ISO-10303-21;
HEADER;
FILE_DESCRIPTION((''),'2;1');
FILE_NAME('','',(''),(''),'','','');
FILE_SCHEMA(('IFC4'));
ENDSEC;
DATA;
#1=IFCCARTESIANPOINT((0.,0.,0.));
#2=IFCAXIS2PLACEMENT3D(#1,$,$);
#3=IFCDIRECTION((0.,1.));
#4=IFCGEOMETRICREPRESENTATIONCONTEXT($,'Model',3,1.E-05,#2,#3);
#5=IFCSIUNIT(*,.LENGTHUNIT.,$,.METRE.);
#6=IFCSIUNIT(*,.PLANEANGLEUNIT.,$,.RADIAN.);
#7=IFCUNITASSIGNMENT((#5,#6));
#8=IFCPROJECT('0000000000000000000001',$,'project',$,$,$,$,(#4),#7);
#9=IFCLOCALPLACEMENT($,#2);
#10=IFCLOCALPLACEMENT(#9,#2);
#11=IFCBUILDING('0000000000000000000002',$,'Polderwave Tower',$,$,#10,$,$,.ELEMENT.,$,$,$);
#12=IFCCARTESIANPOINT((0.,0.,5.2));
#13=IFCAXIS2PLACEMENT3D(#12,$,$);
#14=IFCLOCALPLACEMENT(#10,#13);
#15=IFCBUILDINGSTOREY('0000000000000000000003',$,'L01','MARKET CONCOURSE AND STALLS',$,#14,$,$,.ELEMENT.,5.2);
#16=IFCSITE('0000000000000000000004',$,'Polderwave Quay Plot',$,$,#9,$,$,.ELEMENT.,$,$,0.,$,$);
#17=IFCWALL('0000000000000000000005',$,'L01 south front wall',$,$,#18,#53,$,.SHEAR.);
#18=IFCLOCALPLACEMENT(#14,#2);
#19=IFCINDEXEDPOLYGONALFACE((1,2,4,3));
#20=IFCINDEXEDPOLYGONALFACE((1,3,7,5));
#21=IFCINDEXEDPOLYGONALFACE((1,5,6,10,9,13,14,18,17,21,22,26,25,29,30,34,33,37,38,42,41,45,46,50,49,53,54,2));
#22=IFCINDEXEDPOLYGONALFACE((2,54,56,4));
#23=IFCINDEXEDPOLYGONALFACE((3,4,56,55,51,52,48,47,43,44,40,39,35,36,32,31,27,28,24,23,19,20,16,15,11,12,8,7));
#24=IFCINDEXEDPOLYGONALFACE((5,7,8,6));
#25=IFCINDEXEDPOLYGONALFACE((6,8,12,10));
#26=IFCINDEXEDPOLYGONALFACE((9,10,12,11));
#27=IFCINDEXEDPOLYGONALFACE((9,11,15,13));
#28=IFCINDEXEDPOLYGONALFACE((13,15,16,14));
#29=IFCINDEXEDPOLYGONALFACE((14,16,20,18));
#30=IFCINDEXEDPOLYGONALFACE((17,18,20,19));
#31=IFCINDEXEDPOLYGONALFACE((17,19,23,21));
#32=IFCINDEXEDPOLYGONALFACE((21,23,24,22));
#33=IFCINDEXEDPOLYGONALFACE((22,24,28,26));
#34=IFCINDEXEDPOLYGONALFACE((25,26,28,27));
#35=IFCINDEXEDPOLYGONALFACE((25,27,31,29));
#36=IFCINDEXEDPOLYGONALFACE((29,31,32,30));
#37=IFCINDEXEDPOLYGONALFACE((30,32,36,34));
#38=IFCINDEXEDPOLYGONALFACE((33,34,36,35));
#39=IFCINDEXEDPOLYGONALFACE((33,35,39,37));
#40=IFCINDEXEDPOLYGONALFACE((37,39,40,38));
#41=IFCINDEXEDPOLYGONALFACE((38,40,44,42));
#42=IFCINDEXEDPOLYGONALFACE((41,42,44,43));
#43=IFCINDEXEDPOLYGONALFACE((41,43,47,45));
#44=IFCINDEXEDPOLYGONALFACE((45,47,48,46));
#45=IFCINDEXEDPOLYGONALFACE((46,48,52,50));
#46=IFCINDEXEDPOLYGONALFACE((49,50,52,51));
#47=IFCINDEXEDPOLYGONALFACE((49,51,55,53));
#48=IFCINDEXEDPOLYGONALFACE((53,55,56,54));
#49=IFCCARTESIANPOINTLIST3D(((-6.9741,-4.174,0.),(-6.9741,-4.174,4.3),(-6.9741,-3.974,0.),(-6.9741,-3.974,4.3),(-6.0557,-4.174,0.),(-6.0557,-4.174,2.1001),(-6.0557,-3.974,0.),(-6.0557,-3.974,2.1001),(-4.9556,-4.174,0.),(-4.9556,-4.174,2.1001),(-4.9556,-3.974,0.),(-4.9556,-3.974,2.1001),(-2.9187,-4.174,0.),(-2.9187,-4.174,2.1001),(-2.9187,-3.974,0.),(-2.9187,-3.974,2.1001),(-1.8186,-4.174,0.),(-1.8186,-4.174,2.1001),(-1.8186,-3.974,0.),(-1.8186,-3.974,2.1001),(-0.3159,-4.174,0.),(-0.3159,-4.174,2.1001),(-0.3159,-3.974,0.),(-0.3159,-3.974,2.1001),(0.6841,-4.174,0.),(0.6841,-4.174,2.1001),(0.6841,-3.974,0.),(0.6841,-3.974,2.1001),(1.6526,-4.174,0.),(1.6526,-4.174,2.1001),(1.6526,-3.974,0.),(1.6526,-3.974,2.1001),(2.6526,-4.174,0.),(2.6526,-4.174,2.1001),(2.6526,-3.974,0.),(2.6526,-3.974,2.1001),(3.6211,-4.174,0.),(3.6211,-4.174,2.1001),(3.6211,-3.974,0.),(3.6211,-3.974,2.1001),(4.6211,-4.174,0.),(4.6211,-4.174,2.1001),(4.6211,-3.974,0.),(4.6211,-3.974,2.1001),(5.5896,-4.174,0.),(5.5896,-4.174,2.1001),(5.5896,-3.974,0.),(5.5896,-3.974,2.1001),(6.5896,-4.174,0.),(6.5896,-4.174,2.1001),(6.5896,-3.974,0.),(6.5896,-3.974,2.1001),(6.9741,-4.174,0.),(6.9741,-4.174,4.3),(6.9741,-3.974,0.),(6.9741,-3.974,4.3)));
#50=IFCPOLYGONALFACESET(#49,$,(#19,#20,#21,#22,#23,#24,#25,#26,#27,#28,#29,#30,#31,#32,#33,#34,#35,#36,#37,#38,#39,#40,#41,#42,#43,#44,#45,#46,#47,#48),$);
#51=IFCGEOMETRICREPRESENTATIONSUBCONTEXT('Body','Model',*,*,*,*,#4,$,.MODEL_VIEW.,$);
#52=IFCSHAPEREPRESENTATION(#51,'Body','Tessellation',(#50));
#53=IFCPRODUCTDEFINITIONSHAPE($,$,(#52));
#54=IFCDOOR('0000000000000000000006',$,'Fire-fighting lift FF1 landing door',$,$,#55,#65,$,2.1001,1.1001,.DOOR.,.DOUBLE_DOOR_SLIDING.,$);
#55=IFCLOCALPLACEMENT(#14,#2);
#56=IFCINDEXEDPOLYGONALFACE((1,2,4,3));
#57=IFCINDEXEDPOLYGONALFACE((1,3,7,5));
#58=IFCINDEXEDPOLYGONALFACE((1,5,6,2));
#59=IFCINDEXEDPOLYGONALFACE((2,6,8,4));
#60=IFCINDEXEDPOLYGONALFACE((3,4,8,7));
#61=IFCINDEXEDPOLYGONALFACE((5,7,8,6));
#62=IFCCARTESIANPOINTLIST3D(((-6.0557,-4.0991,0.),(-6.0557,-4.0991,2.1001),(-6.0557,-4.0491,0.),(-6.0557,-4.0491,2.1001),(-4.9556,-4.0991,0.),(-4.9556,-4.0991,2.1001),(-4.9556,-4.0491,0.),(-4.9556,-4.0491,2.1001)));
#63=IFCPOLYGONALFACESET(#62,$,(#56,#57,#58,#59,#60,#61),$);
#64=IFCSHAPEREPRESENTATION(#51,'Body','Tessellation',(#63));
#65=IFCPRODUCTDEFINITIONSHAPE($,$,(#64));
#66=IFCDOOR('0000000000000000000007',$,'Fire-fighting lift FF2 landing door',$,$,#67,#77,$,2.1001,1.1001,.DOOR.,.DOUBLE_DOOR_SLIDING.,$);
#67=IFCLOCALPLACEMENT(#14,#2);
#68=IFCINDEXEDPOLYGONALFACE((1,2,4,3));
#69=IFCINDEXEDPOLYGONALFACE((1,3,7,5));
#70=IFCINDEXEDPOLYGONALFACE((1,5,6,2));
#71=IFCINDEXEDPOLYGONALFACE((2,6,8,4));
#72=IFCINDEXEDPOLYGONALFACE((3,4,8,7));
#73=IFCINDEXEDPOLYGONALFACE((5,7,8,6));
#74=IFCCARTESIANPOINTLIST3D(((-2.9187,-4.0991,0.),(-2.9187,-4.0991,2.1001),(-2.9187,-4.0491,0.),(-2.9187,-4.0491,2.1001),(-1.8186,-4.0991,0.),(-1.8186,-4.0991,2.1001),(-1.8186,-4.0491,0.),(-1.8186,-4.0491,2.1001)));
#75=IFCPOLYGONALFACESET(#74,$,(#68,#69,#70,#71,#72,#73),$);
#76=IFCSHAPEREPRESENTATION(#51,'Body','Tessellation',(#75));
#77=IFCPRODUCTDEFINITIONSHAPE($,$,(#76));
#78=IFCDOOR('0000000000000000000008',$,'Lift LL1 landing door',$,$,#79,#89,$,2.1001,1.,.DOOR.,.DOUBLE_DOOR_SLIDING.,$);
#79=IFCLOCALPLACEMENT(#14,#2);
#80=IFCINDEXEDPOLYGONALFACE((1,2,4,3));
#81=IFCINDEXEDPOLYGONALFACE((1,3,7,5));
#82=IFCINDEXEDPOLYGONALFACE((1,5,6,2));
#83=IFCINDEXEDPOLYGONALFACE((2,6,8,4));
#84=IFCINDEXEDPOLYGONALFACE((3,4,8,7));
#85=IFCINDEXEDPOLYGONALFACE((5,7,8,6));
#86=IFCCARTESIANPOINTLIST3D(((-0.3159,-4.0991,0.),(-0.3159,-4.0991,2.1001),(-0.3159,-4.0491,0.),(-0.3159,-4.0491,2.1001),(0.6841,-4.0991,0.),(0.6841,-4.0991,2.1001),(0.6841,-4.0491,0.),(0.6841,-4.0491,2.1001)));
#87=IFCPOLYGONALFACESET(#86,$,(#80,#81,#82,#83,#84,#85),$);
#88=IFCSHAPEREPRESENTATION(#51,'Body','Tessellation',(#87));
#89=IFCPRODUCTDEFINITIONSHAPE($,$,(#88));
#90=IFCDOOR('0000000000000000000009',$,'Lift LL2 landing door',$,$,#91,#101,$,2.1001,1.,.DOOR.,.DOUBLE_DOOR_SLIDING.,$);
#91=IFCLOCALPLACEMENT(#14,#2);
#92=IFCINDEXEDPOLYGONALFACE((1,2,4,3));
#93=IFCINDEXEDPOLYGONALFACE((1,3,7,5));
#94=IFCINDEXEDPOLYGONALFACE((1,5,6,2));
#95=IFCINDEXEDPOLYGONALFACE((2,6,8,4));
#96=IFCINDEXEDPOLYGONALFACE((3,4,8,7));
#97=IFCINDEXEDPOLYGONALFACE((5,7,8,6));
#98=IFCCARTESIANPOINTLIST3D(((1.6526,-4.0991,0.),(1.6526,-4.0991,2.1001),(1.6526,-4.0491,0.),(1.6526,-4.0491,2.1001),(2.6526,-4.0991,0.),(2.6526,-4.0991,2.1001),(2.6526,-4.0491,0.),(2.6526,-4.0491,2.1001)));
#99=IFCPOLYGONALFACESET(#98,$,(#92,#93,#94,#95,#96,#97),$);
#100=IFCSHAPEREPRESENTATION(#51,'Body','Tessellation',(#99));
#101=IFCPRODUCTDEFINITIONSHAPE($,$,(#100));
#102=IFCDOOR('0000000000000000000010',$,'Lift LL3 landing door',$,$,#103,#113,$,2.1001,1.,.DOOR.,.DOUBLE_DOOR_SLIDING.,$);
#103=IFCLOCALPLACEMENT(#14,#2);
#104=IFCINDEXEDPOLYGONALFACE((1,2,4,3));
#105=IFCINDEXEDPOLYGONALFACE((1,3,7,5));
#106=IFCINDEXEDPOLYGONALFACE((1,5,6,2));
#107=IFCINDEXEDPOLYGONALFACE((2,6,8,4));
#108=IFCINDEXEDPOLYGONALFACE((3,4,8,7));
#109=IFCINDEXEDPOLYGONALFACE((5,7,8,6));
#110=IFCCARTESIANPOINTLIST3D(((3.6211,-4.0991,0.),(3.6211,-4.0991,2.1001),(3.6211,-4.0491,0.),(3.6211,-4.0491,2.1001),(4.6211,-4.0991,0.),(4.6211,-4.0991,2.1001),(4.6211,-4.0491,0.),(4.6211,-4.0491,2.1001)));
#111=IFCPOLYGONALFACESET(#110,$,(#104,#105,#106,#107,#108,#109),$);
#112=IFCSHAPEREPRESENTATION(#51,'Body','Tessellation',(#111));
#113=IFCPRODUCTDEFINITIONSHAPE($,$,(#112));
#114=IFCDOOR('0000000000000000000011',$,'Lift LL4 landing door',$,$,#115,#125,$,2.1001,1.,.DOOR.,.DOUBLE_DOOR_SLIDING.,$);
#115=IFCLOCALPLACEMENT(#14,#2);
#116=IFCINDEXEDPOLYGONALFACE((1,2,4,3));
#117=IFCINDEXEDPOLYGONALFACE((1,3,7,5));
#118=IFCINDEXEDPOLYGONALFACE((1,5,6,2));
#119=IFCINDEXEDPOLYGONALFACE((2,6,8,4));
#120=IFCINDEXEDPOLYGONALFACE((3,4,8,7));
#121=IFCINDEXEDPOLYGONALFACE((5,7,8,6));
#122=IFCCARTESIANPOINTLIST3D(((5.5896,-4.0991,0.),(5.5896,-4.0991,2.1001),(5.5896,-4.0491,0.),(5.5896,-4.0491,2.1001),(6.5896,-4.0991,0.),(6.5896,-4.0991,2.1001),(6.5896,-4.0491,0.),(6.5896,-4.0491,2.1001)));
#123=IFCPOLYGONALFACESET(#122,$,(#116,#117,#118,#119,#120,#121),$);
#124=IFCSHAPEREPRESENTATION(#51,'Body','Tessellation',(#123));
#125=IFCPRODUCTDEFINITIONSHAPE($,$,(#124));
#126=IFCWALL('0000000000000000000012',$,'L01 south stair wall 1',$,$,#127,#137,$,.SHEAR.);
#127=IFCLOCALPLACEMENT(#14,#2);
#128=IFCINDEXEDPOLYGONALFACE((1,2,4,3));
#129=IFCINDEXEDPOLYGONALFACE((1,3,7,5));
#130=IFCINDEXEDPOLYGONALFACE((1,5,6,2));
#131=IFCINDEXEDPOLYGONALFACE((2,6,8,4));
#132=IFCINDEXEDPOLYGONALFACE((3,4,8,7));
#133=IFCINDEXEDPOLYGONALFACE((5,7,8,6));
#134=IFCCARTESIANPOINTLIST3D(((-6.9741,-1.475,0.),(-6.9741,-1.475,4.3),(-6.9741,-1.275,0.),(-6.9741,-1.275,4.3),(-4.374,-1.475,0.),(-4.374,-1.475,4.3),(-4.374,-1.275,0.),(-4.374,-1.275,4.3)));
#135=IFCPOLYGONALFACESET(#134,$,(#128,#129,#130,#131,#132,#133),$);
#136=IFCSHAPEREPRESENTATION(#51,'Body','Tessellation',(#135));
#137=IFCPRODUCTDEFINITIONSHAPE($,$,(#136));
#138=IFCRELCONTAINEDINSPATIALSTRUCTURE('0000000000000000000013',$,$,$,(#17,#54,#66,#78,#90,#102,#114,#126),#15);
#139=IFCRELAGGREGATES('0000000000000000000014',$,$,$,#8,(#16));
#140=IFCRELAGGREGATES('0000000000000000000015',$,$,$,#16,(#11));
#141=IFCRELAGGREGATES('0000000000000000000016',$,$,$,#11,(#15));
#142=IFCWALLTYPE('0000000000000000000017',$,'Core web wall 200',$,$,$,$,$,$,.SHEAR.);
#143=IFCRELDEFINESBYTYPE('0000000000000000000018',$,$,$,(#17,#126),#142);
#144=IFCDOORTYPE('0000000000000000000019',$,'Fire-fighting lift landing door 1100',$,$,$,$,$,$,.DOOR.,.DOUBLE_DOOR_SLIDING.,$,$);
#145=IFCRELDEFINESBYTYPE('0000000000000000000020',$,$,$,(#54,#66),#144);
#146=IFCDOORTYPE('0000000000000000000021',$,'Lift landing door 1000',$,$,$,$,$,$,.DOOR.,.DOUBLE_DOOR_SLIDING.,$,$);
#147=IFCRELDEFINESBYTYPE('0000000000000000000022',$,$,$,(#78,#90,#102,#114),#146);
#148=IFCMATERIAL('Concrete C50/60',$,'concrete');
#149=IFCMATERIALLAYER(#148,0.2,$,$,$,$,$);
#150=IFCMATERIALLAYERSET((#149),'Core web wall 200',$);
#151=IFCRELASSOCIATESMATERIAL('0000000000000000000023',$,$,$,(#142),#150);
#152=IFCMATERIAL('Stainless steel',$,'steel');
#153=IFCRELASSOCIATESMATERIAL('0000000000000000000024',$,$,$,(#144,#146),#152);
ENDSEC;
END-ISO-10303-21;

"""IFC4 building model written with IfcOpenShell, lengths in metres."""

from ifc_helpers import new_model, si_unit, direction, frame, frame_2d, origin, place, context, subcontext, project, spatial, rectangle, extrude, material, layer, layer_set, type_object, element, fill, save


model = new_model("IFC4")

# Units and contexts
model_context = context("Model", 3, precision=1e-05, world=origin(), true_north=direction((0.0, 1.0)))
body_context = subcontext(model_context, "Body", "Model", "MODEL_VIEW")
ifc_project = project(units=[si_unit("LENGTHUNIT", "METRE"), si_unit("PLANEANGLEUNIT", "RADIAN")], contexts=[model_context])

# Site, building, storey
site_placement = place(None, origin())
site = spatial("IfcSite", under=ifc_project, at=site_placement, Name="Polderwave Quay Plot", CompositionType="ELEMENT", RefElevation=0.0)
building_placement = place(site_placement, origin())
building = spatial("IfcBuilding", under=site, at=building_placement, Name="Polderwave Tower", CompositionType="ELEMENT")
storey_placement = place(building_placement, frame((0.0, 0.0, 5.2)))
storey = spatial("IfcBuildingStorey", under=building, at=storey_placement, Name="L01", Description="MARKET CONCOURSE AND STALLS", CompositionType="ELEMENT", Elevation=5.2)

# Wall, openings, doors
ifc_material_1 = material(Name="Concrete C50/60", Category="concrete")
ifc_layer_1 = layer(ifc_material_1, 0.2)
ifc_layer_set_1 = layer_set([ifc_layer_1], Name="Core web wall 200")
wall_type_1 = type_object("IfcWallType", Name="Core web wall 200", PredefinedType="SHEAR", material=ifc_layer_set_1)
wall_1_placement = place(storey_placement, frame((-6.9741, -4.074, 0.0), z_axis=(0.0, 0.0, 1.0), x_axis=(1.0, 0.0, 0.0)))
wall_1 = element("IfcWall", 1, at=wall_1_placement, inside=storey, type_object=wall_type_1, Name="L01 south front wall", PredefinedType="SHEAR", context=body_context, shape_type="SweptSolid", body=[
    extrude(rectangle(XDim=13.9482, YDim=0.2, at=frame_2d((6.9741, 0.0))), origin(), (0.0, 0.0, 1.0), 4.3),
])
opening_1_placement = place(wall_1_placement, frame((0.9185, 0.0, 0.0)))
opening_1 = element("IfcOpeningElement", 2, at=opening_1_placement, cuts=wall_1, PredefinedType="OPENING", context=body_context, shape_type="SweptSolid", body=[
    extrude(rectangle(XDim=1.1001, YDim=2.1001, at=frame_2d((0.55, 1.05))), frame((0.0, 0.1099, 0.0), z_axis=(0.0, -1.0, 0.0), x_axis=(1.0, 0.0, 0.0)), (0.0, 0.0, 1.0), 0.22),
])
opening_2_placement = place(wall_1_placement, frame((4.0554, 0.0, 0.0)))
opening_2 = element("IfcOpeningElement", 3, at=opening_2_placement, cuts=wall_1, PredefinedType="OPENING", context=body_context, shape_type="SweptSolid", body=[
    extrude(rectangle(XDim=1.1001, YDim=2.1001, at=frame_2d((0.55, 1.05))), frame((0.0, 0.1099, 0.0), z_axis=(0.0, -1.0, 0.0), x_axis=(1.0, 0.0, 0.0)), (0.0, 0.0, 1.0), 0.22),
])
opening_3_placement = place(wall_1_placement, frame((6.6582, 0.0, 0.0)))
opening_3 = element("IfcOpeningElement", 4, at=opening_3_placement, cuts=wall_1, PredefinedType="OPENING", context=body_context, shape_type="SweptSolid", body=[
    extrude(rectangle(XDim=1.0, YDim=2.1001, at=frame_2d((0.5, 1.05))), frame((0.0, 0.1099, 0.0), z_axis=(0.0, -1.0, 0.0), x_axis=(1.0, 0.0, 0.0)), (0.0, 0.0, 1.0), 0.22),
])
opening_4_placement = place(wall_1_placement, frame((8.6267, 0.0, 0.0)))
opening_4 = element("IfcOpeningElement", 5, at=opening_4_placement, cuts=wall_1, PredefinedType="OPENING", context=body_context, shape_type="SweptSolid", body=[
    extrude(rectangle(XDim=1.0, YDim=2.1001, at=frame_2d((0.5, 1.05))), frame((0.0, 0.1099, 0.0), z_axis=(0.0, -1.0, 0.0), x_axis=(1.0, 0.0, 0.0)), (0.0, 0.0, 1.0), 0.22),
])
opening_5_placement = place(wall_1_placement, frame((10.5952, 0.0, 0.0)))
opening_5 = element("IfcOpeningElement", 6, at=opening_5_placement, cuts=wall_1, PredefinedType="OPENING", context=body_context, shape_type="SweptSolid", body=[
    extrude(rectangle(XDim=1.0, YDim=2.1001, at=frame_2d((0.5, 1.05))), frame((0.0, 0.1099, 0.0), z_axis=(0.0, -1.0, 0.0), x_axis=(1.0, 0.0, 0.0)), (0.0, 0.0, 1.0), 0.22),
])
opening_6_placement = place(wall_1_placement, frame((12.5637, 0.0, 0.0)))
opening_6 = element("IfcOpeningElement", 7, at=opening_6_placement, cuts=wall_1, PredefinedType="OPENING", context=body_context, shape_type="SweptSolid", body=[
    extrude(rectangle(XDim=1.0, YDim=2.1001, at=frame_2d((0.5, 1.05))), frame((0.0, 0.1099, 0.0), z_axis=(0.0, -1.0, 0.0), x_axis=(1.0, 0.0, 0.0)), (0.0, 0.0, 1.0), 0.22),
])
ifc_material_2 = material(Name="Stainless steel", Category="steel")
door_type_1 = type_object("IfcDoorType", Name="Fire-fighting lift landing door 1100", OperationType="DOUBLE_DOOR_SLIDING", PredefinedType="DOOR", material=ifc_material_2)
door_1_placement = place(opening_1_placement, origin())
door_1 = element("IfcDoor", 8, at=door_1_placement, inside=storey, type_object=door_type_1, Name="Fire-fighting lift FF1 landing door", OperationType="DOUBLE_DOOR_SLIDING", OverallHeight=2.1001, OverallWidth=1.1001, PredefinedType="DOOR", context=body_context, shape_type="SweptSolid", body=[
    extrude(rectangle(XDim=1.1001, YDim=2.1001, at=frame_2d((0.55, 1.05))), frame((0.0, 0.0249, 0.0), z_axis=(0.0, -1.0, 0.0), x_axis=(1.0, 0.0, 0.0)), (0.0, 0.0, 1.0), 0.05),
])
fill(opening_1, door_1)
door_2_placement = place(opening_2_placement, origin())
door_2 = element("IfcDoor", 9, at=door_2_placement, inside=storey, type_object=door_type_1, Name="Fire-fighting lift FF2 landing door", OperationType="DOUBLE_DOOR_SLIDING", OverallHeight=2.1001, OverallWidth=1.1001, PredefinedType="DOOR", context=body_context, shape_type="SweptSolid", body=[
    extrude(rectangle(XDim=1.1001, YDim=2.1001, at=frame_2d((0.55, 1.05))), frame((0.0, 0.0249, 0.0), z_axis=(0.0, -1.0, 0.0), x_axis=(1.0, 0.0, 0.0)), (0.0, 0.0, 1.0), 0.05),
])
fill(opening_2, door_2)
door_type_2 = type_object("IfcDoorType", Name="Lift landing door 1000", OperationType="DOUBLE_DOOR_SLIDING", PredefinedType="DOOR", material=ifc_material_2)
door_3_placement = place(opening_3_placement, origin())
door_3 = element("IfcDoor", 10, at=door_3_placement, inside=storey, type_object=door_type_2, Name="Lift LL1 landing door", OperationType="DOUBLE_DOOR_SLIDING", OverallHeight=2.1001, OverallWidth=1.0, PredefinedType="DOOR", context=body_context, shape_type="SweptSolid", body=[
    extrude(rectangle(XDim=1.0, YDim=2.1001, at=frame_2d((0.5, 1.05))), frame((0.0, 0.0249, 0.0), z_axis=(0.0, -1.0, 0.0), x_axis=(1.0, 0.0, 0.0)), (0.0, 0.0, 1.0), 0.05),
])
fill(opening_3, door_3)
door_4_placement = place(opening_4_placement, origin())
door_4 = element("IfcDoor", 11, at=door_4_placement, inside=storey, type_object=door_type_2, Name="Lift LL2 landing door", OperationType="DOUBLE_DOOR_SLIDING", OverallHeight=2.1001, OverallWidth=1.0, PredefinedType="DOOR", context=body_context, shape_type="SweptSolid", body=[
    extrude(rectangle(XDim=1.0, YDim=2.1001, at=frame_2d((0.5, 1.05))), frame((0.0, 0.0249, 0.0), z_axis=(0.0, -1.0, 0.0), x_axis=(1.0, 0.0, 0.0)), (0.0, 0.0, 1.0), 0.05),
])
fill(opening_4, door_4)
door_5_placement = place(opening_5_placement, origin())
door_5 = element("IfcDoor", 12, at=door_5_placement, inside=storey, type_object=door_type_2, Name="Lift LL3 landing door", OperationType="DOUBLE_DOOR_SLIDING", OverallHeight=2.1001, OverallWidth=1.0, PredefinedType="DOOR", context=body_context, shape_type="SweptSolid", body=[
    extrude(rectangle(XDim=1.0, YDim=2.1001, at=frame_2d((0.5, 1.05))), frame((0.0, 0.0249, 0.0), z_axis=(0.0, -1.0, 0.0), x_axis=(1.0, 0.0, 0.0)), (0.0, 0.0, 1.0), 0.05),
])
fill(opening_5, door_5)
door_6_placement = place(opening_6_placement, origin())
door_6 = element("IfcDoor", 13, at=door_6_placement, inside=storey, type_object=door_type_2, Name="Lift LL4 landing door", OperationType="DOUBLE_DOOR_SLIDING", OverallHeight=2.1001, OverallWidth=1.0, PredefinedType="DOOR", context=body_context, shape_type="SweptSolid", body=[
    extrude(rectangle(XDim=1.0, YDim=2.1001, at=frame_2d((0.5, 1.05))), frame((0.0, 0.0249, 0.0), z_axis=(0.0, -1.0, 0.0), x_axis=(1.0, 0.0, 0.0)), (0.0, 0.0, 1.0), 0.05),
])
fill(opening_6, door_6)

# Wall
wall_2_placement = place(storey_placement, frame((-6.9741, -1.375, 0.0), z_axis=(0.0, 0.0, 1.0), x_axis=(1.0, 0.0, 0.0)))
element("IfcWall", 14, at=wall_2_placement, inside=storey, type_object=wall_type_1, Name="L01 south stair wall 1", PredefinedType="SHEAR", context=body_context, shape_type="SweptSolid", body=[
    extrude(rectangle(XDim=2.6001, YDim=0.2, at=frame_2d((1.3, 0.0))), origin(), (0.0, 0.0, 1.0), 4.3),
])

save(model, "model.ifc")
